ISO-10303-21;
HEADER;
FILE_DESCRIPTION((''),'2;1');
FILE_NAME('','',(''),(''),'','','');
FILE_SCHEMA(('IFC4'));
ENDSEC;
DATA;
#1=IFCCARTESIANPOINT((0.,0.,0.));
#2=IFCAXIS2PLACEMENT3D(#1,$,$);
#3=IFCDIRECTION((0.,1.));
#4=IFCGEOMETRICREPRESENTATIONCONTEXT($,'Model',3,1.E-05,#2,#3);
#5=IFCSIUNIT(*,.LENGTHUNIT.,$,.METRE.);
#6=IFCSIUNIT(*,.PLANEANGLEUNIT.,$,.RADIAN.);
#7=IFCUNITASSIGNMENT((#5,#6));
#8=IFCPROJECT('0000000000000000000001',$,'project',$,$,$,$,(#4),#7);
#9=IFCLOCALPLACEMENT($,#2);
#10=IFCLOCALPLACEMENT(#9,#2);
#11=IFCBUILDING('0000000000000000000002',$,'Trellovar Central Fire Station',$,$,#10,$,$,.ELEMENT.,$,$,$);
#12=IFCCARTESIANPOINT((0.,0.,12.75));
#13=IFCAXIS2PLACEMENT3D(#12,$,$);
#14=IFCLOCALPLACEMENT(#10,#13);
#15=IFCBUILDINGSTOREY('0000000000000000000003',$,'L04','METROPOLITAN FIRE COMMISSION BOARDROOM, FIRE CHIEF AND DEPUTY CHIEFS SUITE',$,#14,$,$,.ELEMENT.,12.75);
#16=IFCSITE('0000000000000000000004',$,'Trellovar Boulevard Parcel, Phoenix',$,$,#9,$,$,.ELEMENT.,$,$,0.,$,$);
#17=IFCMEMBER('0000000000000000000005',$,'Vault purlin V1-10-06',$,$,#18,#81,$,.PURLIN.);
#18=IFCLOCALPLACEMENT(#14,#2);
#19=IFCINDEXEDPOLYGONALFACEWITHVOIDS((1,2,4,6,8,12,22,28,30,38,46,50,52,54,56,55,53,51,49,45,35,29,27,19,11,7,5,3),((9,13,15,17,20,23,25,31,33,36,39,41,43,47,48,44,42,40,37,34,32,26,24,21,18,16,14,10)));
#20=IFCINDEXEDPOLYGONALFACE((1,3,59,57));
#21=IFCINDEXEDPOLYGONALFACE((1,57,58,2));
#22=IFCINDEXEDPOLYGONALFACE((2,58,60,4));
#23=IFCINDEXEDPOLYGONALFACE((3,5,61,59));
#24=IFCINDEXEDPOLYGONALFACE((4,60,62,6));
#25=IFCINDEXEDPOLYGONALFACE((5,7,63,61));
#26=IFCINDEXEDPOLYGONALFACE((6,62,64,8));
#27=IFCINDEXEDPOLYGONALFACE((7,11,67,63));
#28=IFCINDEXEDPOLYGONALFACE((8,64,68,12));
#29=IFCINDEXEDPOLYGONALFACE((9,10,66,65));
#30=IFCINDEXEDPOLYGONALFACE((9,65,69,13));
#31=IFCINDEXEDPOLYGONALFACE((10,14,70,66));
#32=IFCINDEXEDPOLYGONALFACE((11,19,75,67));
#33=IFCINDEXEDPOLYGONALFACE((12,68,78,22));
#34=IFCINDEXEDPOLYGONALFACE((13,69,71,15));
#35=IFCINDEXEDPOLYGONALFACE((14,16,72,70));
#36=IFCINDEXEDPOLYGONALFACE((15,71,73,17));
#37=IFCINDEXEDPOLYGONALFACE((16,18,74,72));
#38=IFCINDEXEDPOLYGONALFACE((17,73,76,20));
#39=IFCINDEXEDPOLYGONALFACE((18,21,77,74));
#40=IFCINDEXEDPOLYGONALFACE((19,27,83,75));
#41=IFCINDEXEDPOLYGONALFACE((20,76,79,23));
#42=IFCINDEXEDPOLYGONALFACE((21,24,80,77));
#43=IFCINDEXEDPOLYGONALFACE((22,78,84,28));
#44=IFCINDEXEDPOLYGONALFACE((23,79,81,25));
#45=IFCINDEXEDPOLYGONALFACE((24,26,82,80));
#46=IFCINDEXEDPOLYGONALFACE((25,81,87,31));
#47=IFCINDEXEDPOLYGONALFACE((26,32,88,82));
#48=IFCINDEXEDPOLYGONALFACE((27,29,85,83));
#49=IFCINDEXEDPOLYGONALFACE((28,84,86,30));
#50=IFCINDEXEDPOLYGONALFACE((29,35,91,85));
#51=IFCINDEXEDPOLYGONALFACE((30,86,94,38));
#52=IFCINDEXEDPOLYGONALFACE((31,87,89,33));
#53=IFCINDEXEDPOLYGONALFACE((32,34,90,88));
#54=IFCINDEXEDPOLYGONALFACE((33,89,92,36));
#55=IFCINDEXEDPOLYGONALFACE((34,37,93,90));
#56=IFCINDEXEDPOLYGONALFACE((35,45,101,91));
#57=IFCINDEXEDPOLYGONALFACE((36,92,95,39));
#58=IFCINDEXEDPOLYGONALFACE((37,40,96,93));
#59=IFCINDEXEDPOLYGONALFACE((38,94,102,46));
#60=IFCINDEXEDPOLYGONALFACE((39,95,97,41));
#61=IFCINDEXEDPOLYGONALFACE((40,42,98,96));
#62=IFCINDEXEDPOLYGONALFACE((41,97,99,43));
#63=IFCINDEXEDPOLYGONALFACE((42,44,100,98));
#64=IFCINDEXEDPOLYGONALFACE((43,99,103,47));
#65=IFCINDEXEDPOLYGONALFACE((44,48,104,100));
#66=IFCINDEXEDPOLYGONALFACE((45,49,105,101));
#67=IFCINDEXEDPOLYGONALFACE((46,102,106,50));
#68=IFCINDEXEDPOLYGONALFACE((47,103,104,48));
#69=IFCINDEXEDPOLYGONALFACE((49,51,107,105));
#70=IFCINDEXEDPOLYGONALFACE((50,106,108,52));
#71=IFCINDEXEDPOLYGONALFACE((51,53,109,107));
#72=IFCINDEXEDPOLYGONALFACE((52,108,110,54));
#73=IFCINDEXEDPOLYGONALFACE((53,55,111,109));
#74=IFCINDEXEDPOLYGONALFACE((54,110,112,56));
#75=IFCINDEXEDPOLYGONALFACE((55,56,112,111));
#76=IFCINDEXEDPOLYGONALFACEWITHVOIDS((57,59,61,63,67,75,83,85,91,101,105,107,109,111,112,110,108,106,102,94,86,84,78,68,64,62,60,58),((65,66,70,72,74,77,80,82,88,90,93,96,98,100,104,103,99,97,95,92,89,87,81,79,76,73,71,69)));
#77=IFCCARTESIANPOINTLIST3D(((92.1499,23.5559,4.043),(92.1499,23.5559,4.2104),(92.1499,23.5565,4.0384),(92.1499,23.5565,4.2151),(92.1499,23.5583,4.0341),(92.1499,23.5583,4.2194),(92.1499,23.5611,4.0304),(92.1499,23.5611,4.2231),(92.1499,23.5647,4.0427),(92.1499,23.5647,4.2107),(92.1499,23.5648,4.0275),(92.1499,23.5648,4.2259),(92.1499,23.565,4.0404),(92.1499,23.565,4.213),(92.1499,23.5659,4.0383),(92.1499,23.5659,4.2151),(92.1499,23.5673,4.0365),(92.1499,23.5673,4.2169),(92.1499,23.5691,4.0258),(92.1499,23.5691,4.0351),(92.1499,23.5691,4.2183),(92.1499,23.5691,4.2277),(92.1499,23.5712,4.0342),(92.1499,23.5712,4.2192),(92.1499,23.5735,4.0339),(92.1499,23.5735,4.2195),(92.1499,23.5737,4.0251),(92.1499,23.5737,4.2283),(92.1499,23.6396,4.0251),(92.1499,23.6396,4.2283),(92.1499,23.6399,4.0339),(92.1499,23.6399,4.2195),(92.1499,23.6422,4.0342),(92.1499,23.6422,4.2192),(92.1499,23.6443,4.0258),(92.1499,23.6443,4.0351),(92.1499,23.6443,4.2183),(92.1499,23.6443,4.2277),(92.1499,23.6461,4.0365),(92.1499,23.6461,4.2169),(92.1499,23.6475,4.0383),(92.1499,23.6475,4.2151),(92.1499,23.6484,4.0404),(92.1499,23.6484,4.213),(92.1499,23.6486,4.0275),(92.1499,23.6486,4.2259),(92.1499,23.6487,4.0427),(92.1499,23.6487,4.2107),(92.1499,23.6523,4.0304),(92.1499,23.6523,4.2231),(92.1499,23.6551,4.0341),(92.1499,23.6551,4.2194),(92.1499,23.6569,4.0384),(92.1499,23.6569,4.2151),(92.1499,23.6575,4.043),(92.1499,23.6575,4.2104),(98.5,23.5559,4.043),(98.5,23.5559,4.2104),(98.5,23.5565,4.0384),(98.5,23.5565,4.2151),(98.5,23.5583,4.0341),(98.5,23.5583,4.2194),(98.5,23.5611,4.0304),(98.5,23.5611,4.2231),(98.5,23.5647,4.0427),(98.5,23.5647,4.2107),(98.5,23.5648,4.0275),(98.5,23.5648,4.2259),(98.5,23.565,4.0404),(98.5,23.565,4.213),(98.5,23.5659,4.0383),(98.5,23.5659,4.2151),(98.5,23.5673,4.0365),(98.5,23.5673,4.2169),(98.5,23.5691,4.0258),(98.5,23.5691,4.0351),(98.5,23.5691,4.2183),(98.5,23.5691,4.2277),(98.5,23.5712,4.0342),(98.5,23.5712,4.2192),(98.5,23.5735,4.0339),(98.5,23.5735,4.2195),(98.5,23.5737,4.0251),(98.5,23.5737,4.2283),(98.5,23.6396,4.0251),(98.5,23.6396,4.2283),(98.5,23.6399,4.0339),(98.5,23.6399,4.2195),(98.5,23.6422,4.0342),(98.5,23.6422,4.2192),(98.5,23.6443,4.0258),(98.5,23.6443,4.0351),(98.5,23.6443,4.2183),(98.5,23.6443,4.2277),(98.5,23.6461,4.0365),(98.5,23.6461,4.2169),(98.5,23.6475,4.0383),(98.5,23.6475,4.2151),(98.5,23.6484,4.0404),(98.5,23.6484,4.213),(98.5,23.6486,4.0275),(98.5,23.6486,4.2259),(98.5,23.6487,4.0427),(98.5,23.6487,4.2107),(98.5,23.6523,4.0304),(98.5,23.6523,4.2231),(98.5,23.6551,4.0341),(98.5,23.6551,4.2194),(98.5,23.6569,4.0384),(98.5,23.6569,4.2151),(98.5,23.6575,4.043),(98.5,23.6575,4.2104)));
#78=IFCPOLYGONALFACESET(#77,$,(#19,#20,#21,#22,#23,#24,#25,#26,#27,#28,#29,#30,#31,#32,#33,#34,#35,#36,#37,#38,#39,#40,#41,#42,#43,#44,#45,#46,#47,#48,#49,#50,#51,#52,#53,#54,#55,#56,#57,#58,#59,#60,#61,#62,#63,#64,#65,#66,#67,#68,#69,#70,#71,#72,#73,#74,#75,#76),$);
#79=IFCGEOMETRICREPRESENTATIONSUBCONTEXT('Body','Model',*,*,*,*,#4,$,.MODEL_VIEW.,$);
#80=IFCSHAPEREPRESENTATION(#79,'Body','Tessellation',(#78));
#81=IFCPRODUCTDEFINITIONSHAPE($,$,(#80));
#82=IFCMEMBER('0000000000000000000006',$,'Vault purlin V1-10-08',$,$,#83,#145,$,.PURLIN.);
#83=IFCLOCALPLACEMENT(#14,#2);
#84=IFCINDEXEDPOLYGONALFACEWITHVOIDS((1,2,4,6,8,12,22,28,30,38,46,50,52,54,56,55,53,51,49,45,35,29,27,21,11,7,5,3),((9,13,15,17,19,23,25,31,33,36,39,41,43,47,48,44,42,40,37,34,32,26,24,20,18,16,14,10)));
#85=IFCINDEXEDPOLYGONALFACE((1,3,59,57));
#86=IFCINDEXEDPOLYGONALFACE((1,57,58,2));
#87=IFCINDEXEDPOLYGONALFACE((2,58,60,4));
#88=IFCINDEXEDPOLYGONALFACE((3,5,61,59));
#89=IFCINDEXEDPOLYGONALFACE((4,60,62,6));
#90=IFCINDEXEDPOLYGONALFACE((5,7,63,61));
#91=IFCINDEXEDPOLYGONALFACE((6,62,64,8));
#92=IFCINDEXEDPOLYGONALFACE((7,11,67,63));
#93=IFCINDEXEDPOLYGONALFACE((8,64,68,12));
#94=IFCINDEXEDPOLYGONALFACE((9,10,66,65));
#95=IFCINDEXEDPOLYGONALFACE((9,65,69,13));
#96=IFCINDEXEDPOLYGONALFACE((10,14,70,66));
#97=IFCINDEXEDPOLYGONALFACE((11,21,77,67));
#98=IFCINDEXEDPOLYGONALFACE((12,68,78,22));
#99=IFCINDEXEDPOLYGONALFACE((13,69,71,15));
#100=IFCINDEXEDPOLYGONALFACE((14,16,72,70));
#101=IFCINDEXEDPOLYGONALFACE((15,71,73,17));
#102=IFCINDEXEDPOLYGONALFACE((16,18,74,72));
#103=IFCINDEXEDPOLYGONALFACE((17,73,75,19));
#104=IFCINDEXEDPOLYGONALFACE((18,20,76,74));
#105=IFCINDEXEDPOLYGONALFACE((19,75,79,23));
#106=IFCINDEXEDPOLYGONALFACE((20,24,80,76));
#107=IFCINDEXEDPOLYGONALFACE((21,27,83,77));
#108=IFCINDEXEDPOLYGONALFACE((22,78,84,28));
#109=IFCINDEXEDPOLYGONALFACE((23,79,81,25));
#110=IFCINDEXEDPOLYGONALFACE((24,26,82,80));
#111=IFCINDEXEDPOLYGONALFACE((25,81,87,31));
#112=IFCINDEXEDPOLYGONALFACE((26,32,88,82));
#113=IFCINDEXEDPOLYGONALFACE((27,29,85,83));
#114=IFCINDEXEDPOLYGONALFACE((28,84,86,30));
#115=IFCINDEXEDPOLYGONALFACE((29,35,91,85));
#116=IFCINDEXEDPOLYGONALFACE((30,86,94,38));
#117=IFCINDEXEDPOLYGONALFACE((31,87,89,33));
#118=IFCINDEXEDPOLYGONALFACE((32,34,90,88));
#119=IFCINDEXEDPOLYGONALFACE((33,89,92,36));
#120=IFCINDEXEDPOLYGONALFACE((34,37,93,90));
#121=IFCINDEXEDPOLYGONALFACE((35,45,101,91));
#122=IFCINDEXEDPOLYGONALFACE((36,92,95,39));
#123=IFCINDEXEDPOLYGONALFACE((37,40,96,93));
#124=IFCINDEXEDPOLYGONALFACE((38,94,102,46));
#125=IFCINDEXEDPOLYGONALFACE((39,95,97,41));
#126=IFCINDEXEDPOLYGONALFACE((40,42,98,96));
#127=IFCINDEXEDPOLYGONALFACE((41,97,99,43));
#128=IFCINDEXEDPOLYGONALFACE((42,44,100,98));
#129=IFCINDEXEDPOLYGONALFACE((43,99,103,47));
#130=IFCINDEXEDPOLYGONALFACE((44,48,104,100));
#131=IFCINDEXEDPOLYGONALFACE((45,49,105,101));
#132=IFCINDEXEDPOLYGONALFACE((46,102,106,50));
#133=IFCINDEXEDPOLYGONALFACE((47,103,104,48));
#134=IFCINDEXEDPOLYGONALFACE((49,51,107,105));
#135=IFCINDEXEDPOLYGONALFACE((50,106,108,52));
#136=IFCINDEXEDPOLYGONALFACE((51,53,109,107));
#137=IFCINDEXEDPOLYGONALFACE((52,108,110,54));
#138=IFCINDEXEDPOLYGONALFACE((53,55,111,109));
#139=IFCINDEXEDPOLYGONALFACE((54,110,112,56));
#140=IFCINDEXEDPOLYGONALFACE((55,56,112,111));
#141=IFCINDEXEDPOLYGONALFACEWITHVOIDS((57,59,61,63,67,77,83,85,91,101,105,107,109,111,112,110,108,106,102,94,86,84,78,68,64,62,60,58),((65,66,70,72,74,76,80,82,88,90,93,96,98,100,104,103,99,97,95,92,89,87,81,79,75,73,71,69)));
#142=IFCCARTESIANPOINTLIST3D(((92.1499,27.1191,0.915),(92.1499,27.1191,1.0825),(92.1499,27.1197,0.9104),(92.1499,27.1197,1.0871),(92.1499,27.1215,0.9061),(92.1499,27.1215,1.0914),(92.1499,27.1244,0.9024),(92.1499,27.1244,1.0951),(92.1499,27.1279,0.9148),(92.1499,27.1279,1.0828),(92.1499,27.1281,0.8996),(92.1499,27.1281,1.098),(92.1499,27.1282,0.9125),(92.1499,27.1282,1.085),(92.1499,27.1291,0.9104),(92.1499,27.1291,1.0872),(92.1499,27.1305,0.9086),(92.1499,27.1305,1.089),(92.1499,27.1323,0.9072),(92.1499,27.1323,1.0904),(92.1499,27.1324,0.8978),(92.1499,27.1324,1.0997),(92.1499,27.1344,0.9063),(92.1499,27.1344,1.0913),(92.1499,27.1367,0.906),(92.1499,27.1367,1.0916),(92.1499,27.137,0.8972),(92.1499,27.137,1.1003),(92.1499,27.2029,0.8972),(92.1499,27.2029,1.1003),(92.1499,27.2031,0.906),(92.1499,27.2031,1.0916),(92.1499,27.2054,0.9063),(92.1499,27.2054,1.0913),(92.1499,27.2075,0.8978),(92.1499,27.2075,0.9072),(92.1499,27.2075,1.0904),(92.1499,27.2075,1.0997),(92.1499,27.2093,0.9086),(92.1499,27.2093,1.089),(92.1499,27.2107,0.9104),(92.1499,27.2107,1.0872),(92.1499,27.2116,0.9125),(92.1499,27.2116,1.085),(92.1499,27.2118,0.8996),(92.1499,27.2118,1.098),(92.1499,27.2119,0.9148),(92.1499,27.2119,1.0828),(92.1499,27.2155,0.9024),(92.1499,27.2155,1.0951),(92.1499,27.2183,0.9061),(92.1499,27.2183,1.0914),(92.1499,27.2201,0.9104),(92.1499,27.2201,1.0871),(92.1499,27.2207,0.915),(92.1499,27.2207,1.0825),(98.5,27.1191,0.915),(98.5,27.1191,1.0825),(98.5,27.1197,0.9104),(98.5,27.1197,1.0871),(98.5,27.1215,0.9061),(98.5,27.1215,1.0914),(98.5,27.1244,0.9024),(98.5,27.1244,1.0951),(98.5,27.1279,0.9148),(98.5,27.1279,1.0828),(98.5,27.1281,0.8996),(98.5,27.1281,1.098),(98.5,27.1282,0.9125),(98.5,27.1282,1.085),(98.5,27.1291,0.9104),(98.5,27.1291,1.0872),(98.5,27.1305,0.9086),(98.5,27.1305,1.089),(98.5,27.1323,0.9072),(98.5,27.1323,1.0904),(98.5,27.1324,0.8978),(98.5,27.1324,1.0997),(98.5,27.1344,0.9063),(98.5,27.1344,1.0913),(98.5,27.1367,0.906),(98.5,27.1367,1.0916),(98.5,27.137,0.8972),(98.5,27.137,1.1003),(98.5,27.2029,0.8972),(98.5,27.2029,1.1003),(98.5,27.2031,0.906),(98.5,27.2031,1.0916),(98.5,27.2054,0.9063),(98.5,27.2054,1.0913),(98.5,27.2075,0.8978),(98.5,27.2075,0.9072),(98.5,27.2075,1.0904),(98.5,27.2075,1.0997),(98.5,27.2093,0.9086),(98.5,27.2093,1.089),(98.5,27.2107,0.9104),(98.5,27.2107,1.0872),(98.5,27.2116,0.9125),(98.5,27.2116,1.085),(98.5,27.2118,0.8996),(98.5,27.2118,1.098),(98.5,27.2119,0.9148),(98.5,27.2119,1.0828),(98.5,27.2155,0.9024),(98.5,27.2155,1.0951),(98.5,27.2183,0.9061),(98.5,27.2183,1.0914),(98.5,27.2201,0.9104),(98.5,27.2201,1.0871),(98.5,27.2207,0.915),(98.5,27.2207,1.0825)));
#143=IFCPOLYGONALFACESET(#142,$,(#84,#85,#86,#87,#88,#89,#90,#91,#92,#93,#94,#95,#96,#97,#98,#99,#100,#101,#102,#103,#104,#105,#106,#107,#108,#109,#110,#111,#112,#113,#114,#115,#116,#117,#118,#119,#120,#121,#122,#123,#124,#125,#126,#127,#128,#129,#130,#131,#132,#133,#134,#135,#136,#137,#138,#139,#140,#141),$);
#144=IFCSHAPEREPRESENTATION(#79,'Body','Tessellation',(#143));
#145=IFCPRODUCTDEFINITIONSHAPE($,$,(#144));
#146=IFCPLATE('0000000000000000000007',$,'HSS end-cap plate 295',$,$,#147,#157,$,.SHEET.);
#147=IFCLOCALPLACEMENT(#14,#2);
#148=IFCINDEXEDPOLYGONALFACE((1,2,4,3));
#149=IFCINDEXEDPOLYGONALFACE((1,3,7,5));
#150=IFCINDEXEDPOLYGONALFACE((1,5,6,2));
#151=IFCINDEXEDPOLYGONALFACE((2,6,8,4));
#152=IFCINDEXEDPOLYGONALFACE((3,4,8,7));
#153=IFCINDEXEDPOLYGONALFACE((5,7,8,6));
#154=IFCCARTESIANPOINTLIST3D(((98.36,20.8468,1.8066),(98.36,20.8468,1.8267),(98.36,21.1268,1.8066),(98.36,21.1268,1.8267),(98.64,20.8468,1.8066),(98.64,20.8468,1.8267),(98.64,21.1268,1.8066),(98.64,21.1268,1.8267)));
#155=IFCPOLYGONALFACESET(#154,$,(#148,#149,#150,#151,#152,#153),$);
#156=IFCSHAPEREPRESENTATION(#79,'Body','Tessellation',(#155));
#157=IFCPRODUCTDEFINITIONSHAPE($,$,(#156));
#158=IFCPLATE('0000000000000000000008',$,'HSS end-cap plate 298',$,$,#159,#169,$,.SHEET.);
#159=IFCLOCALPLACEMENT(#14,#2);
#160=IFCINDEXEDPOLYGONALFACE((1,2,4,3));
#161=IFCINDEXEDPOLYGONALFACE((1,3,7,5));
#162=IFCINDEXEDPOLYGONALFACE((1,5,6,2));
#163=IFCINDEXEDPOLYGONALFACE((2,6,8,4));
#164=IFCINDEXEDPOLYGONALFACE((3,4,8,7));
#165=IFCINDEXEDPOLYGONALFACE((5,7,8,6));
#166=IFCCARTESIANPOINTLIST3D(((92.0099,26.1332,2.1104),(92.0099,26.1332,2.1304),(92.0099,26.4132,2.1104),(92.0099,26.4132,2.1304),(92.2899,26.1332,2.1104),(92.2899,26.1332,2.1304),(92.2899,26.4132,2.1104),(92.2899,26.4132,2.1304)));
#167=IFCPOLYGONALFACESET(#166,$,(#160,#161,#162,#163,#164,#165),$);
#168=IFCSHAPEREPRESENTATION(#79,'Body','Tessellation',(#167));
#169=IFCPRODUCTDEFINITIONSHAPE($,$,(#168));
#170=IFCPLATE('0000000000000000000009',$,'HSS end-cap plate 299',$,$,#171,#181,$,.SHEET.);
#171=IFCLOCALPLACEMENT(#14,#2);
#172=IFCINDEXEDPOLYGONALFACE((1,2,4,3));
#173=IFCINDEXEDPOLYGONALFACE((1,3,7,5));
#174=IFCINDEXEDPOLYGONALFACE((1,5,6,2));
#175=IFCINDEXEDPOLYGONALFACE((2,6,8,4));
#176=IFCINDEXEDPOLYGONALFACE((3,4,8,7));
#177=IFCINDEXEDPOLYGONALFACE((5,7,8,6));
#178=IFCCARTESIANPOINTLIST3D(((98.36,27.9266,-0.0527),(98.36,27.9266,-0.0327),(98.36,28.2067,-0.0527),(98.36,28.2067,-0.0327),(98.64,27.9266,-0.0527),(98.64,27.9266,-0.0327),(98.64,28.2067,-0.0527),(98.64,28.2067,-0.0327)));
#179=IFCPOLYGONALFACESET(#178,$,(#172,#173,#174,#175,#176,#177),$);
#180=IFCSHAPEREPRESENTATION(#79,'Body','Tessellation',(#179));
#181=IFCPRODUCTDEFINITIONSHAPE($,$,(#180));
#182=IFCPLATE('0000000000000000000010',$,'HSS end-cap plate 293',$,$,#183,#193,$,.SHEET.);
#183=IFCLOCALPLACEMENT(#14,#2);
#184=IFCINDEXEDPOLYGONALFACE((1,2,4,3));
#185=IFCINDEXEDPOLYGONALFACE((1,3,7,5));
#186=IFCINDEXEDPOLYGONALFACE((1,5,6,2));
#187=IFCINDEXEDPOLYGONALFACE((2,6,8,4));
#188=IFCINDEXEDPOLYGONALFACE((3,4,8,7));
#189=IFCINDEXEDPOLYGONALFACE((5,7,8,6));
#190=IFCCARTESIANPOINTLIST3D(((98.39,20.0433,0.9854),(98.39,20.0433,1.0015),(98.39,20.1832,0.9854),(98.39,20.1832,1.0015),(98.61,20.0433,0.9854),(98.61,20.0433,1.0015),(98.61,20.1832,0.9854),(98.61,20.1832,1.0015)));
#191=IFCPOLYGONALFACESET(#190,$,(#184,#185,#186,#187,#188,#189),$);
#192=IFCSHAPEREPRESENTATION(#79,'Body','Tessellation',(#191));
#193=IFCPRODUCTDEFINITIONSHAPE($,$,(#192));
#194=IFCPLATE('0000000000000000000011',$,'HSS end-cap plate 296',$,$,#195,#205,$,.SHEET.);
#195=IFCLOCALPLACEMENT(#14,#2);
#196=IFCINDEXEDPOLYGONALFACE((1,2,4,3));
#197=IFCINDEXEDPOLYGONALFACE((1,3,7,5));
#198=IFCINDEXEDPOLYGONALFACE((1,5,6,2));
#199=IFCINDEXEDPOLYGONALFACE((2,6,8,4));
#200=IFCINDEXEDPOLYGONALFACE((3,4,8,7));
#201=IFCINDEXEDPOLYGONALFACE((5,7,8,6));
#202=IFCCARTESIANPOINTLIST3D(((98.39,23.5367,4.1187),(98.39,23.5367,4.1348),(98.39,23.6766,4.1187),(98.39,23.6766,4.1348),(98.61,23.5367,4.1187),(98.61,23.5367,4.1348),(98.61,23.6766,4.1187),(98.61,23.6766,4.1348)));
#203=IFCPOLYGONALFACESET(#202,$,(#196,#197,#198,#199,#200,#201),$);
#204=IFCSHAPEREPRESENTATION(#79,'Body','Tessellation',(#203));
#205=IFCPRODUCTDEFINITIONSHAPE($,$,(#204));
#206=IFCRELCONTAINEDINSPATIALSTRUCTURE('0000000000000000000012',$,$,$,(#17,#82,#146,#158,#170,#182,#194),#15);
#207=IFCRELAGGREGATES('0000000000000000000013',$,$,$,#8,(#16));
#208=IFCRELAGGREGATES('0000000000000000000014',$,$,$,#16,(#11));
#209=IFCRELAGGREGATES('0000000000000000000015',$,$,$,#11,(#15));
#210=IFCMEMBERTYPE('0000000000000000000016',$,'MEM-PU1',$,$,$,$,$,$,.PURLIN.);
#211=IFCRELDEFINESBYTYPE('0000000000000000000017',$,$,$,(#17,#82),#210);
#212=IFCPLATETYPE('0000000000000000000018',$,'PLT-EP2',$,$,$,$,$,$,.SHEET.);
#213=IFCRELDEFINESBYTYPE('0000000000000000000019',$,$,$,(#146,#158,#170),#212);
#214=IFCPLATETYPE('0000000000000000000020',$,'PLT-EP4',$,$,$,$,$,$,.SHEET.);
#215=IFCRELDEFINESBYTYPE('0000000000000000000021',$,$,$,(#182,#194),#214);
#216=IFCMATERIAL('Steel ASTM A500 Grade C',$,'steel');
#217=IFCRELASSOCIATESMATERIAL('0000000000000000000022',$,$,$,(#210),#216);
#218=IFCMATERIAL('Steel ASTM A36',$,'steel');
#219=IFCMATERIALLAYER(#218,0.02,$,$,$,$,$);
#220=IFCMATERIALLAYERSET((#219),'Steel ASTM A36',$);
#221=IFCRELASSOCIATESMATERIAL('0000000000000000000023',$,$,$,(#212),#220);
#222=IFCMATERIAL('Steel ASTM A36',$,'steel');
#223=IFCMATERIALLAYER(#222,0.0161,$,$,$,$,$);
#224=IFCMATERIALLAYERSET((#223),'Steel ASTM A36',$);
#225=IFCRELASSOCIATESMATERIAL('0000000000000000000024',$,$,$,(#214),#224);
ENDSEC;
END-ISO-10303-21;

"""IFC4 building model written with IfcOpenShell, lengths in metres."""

from ifc_helpers import new_model, si_unit, direction, frame, origin, origin_2d, place, context, subcontext, project, spatial, rectangle, hollow_rectangle, extrude, material, layer, layer_set, material_profile, profile_set, type_object, element, save


model = new_model("IFC4")

# Units and contexts
model_context = context("Model", 3, precision=1e-05, world=origin(), true_north=direction((0.0, 1.0)))
body_context = subcontext(model_context, "Body", "Model", "MODEL_VIEW")
ifc_project = project(units=[si_unit("LENGTHUNIT", "METRE"), si_unit("PLANEANGLEUNIT", "RADIAN")], contexts=[model_context])

# Site, building, storey
site_placement = place(None, origin())
site = spatial("IfcSite", under=ifc_project, at=site_placement, Name="Trellovar Boulevard Parcel, Phoenix", CompositionType="ELEMENT", RefElevation=0.0)
building_placement = place(site_placement, origin())
building = spatial("IfcBuilding", under=site, at=building_placement, Name="Trellovar Central Fire Station", CompositionType="ELEMENT")
storey_placement = place(building_placement, frame((0.0, 0.0, 12.75)))
storey = spatial("IfcBuildingStorey", under=building, at=storey_placement, Name="L04", Description="METROPOLITAN FIRE COMMISSION BOARDROOM, FIRE CHIEF AND DEPUTY CHIEFS SUITE", CompositionType="ELEMENT", Elevation=12.75)

# Members
ifc_material_1 = material(Name="Steel ASTM A500 Grade C", Category="steel")
ifc_material_profile_1 = material_profile(ifc_material_1, hollow_rectangle(XDim=0.1016, YDim=0.2031, WallThickness=0.0088, InnerFilletRadius=0.0088, OuterFilletRadius=0.0178, at=origin_2d()), Name="HSS8X4X3/8")
ifc_profile_set_1 = profile_set([ifc_material_profile_1], Name="Steel ASTM A500 Grade C")
member_type_1 = type_object("IfcMemberType", Name="MEM-PU1", PredefinedType="PURLIN", material=ifc_profile_set_1)
for number, where, z_axis, x_axis, name in (
    (1, (92.1499, 23.6067, 4.1267), (1.0, 0.0, 0.0), (0.0, 1.0, 0.0), "Vault purlin V1-10-06"),
    (2, (92.1499, 27.1699, 0.9988), (1.0, 0.0, 0.0), (0.0, 1.0, 0.0), "Vault purlin V1-10-08"),
):
    element("IfcMember", number, at=place(storey_placement, frame(where, z_axis=z_axis, x_axis=x_axis)), inside=storey, type_object=member_type_1, Name=name, PredefinedType="PURLIN", context=body_context, shape_type="SweptSolid", body=[
        extrude(hollow_rectangle(XDim=0.1016, YDim=0.2031, WallThickness=0.0088, InnerFilletRadius=0.0088, OuterFilletRadius=0.0178, at=origin_2d()), origin(), (0.0, 0.0, 1.0), 6.3501),
    ])

# Plates
ifc_material_2 = material(Name="Steel ASTM A36", Category="steel")
ifc_layer_1 = layer(ifc_material_2, 0.02)
ifc_layer_set_1 = layer_set([ifc_layer_1], Name="Steel ASTM A36")
plate_type_1 = type_object("IfcPlateType", Name="PLT-EP2", PredefinedType="SHEET", material=ifc_layer_set_1)
for number, where, z_axis, x_axis, name in (
    (3, (98.5, 20.9868, 1.8066), (0.0, 0.0, 1.0), (1.0, 0.0, 0.0), "HSS end-cap plate 295"),
    (4, (92.1499, 26.2732, 2.1104), (0.0, 0.0, 1.0), (1.0, 0.0, 0.0), "HSS end-cap plate 298"),
    (5, (98.5, 28.0667, -0.0527), (0.0, 0.0, 1.0), (1.0, 0.0, 0.0), "HSS end-cap plate 299"),
):
    element("IfcPlate", number, at=place(storey_placement, frame(where, z_axis=z_axis, x_axis=x_axis)), inside=storey, type_object=plate_type_1, Name=name, PredefinedType="SHEET", context=body_context, shape_type="SweptSolid", body=[
        extrude(rectangle(XDim=0.28, YDim=0.28, at=origin_2d()), origin(), (0.0, 0.0, 1.0), 0.02),
    ])
ifc_material_3 = material(Name="Steel ASTM A36", Category="steel")
ifc_layer_2 = layer(ifc_material_3, 0.0161)
ifc_layer_set_2 = layer_set([ifc_layer_2], Name="Steel ASTM A36")
plate_type_2 = type_object("IfcPlateType", Name="PLT-EP4", PredefinedType="SHEET", material=ifc_layer_set_2)
for number, where, z_axis, x_axis, name in (
    (6, (98.5, 20.1133, 0.9854), (0.0, 0.0, 1.0), (1.0, 0.0, 0.0), "HSS end-cap plate 293"),
    (7, (98.5, 23.6067, 4.1187), (0.0, 0.0, 1.0), (1.0, 0.0, 0.0), "HSS end-cap plate 296"),
):
    element("IfcPlate", number, at=place(storey_placement, frame(where, z_axis=z_axis, x_axis=x_axis)), inside=storey, type_object=plate_type_2, Name=name, PredefinedType="SHEET", context=body_context, shape_type="SweptSolid", body=[
        extrude(rectangle(XDim=0.22, YDim=0.1399, at=origin_2d()), origin(), (0.0, 0.0, 1.0), 0.0161),
    ])

save(model, "model.ifc")
